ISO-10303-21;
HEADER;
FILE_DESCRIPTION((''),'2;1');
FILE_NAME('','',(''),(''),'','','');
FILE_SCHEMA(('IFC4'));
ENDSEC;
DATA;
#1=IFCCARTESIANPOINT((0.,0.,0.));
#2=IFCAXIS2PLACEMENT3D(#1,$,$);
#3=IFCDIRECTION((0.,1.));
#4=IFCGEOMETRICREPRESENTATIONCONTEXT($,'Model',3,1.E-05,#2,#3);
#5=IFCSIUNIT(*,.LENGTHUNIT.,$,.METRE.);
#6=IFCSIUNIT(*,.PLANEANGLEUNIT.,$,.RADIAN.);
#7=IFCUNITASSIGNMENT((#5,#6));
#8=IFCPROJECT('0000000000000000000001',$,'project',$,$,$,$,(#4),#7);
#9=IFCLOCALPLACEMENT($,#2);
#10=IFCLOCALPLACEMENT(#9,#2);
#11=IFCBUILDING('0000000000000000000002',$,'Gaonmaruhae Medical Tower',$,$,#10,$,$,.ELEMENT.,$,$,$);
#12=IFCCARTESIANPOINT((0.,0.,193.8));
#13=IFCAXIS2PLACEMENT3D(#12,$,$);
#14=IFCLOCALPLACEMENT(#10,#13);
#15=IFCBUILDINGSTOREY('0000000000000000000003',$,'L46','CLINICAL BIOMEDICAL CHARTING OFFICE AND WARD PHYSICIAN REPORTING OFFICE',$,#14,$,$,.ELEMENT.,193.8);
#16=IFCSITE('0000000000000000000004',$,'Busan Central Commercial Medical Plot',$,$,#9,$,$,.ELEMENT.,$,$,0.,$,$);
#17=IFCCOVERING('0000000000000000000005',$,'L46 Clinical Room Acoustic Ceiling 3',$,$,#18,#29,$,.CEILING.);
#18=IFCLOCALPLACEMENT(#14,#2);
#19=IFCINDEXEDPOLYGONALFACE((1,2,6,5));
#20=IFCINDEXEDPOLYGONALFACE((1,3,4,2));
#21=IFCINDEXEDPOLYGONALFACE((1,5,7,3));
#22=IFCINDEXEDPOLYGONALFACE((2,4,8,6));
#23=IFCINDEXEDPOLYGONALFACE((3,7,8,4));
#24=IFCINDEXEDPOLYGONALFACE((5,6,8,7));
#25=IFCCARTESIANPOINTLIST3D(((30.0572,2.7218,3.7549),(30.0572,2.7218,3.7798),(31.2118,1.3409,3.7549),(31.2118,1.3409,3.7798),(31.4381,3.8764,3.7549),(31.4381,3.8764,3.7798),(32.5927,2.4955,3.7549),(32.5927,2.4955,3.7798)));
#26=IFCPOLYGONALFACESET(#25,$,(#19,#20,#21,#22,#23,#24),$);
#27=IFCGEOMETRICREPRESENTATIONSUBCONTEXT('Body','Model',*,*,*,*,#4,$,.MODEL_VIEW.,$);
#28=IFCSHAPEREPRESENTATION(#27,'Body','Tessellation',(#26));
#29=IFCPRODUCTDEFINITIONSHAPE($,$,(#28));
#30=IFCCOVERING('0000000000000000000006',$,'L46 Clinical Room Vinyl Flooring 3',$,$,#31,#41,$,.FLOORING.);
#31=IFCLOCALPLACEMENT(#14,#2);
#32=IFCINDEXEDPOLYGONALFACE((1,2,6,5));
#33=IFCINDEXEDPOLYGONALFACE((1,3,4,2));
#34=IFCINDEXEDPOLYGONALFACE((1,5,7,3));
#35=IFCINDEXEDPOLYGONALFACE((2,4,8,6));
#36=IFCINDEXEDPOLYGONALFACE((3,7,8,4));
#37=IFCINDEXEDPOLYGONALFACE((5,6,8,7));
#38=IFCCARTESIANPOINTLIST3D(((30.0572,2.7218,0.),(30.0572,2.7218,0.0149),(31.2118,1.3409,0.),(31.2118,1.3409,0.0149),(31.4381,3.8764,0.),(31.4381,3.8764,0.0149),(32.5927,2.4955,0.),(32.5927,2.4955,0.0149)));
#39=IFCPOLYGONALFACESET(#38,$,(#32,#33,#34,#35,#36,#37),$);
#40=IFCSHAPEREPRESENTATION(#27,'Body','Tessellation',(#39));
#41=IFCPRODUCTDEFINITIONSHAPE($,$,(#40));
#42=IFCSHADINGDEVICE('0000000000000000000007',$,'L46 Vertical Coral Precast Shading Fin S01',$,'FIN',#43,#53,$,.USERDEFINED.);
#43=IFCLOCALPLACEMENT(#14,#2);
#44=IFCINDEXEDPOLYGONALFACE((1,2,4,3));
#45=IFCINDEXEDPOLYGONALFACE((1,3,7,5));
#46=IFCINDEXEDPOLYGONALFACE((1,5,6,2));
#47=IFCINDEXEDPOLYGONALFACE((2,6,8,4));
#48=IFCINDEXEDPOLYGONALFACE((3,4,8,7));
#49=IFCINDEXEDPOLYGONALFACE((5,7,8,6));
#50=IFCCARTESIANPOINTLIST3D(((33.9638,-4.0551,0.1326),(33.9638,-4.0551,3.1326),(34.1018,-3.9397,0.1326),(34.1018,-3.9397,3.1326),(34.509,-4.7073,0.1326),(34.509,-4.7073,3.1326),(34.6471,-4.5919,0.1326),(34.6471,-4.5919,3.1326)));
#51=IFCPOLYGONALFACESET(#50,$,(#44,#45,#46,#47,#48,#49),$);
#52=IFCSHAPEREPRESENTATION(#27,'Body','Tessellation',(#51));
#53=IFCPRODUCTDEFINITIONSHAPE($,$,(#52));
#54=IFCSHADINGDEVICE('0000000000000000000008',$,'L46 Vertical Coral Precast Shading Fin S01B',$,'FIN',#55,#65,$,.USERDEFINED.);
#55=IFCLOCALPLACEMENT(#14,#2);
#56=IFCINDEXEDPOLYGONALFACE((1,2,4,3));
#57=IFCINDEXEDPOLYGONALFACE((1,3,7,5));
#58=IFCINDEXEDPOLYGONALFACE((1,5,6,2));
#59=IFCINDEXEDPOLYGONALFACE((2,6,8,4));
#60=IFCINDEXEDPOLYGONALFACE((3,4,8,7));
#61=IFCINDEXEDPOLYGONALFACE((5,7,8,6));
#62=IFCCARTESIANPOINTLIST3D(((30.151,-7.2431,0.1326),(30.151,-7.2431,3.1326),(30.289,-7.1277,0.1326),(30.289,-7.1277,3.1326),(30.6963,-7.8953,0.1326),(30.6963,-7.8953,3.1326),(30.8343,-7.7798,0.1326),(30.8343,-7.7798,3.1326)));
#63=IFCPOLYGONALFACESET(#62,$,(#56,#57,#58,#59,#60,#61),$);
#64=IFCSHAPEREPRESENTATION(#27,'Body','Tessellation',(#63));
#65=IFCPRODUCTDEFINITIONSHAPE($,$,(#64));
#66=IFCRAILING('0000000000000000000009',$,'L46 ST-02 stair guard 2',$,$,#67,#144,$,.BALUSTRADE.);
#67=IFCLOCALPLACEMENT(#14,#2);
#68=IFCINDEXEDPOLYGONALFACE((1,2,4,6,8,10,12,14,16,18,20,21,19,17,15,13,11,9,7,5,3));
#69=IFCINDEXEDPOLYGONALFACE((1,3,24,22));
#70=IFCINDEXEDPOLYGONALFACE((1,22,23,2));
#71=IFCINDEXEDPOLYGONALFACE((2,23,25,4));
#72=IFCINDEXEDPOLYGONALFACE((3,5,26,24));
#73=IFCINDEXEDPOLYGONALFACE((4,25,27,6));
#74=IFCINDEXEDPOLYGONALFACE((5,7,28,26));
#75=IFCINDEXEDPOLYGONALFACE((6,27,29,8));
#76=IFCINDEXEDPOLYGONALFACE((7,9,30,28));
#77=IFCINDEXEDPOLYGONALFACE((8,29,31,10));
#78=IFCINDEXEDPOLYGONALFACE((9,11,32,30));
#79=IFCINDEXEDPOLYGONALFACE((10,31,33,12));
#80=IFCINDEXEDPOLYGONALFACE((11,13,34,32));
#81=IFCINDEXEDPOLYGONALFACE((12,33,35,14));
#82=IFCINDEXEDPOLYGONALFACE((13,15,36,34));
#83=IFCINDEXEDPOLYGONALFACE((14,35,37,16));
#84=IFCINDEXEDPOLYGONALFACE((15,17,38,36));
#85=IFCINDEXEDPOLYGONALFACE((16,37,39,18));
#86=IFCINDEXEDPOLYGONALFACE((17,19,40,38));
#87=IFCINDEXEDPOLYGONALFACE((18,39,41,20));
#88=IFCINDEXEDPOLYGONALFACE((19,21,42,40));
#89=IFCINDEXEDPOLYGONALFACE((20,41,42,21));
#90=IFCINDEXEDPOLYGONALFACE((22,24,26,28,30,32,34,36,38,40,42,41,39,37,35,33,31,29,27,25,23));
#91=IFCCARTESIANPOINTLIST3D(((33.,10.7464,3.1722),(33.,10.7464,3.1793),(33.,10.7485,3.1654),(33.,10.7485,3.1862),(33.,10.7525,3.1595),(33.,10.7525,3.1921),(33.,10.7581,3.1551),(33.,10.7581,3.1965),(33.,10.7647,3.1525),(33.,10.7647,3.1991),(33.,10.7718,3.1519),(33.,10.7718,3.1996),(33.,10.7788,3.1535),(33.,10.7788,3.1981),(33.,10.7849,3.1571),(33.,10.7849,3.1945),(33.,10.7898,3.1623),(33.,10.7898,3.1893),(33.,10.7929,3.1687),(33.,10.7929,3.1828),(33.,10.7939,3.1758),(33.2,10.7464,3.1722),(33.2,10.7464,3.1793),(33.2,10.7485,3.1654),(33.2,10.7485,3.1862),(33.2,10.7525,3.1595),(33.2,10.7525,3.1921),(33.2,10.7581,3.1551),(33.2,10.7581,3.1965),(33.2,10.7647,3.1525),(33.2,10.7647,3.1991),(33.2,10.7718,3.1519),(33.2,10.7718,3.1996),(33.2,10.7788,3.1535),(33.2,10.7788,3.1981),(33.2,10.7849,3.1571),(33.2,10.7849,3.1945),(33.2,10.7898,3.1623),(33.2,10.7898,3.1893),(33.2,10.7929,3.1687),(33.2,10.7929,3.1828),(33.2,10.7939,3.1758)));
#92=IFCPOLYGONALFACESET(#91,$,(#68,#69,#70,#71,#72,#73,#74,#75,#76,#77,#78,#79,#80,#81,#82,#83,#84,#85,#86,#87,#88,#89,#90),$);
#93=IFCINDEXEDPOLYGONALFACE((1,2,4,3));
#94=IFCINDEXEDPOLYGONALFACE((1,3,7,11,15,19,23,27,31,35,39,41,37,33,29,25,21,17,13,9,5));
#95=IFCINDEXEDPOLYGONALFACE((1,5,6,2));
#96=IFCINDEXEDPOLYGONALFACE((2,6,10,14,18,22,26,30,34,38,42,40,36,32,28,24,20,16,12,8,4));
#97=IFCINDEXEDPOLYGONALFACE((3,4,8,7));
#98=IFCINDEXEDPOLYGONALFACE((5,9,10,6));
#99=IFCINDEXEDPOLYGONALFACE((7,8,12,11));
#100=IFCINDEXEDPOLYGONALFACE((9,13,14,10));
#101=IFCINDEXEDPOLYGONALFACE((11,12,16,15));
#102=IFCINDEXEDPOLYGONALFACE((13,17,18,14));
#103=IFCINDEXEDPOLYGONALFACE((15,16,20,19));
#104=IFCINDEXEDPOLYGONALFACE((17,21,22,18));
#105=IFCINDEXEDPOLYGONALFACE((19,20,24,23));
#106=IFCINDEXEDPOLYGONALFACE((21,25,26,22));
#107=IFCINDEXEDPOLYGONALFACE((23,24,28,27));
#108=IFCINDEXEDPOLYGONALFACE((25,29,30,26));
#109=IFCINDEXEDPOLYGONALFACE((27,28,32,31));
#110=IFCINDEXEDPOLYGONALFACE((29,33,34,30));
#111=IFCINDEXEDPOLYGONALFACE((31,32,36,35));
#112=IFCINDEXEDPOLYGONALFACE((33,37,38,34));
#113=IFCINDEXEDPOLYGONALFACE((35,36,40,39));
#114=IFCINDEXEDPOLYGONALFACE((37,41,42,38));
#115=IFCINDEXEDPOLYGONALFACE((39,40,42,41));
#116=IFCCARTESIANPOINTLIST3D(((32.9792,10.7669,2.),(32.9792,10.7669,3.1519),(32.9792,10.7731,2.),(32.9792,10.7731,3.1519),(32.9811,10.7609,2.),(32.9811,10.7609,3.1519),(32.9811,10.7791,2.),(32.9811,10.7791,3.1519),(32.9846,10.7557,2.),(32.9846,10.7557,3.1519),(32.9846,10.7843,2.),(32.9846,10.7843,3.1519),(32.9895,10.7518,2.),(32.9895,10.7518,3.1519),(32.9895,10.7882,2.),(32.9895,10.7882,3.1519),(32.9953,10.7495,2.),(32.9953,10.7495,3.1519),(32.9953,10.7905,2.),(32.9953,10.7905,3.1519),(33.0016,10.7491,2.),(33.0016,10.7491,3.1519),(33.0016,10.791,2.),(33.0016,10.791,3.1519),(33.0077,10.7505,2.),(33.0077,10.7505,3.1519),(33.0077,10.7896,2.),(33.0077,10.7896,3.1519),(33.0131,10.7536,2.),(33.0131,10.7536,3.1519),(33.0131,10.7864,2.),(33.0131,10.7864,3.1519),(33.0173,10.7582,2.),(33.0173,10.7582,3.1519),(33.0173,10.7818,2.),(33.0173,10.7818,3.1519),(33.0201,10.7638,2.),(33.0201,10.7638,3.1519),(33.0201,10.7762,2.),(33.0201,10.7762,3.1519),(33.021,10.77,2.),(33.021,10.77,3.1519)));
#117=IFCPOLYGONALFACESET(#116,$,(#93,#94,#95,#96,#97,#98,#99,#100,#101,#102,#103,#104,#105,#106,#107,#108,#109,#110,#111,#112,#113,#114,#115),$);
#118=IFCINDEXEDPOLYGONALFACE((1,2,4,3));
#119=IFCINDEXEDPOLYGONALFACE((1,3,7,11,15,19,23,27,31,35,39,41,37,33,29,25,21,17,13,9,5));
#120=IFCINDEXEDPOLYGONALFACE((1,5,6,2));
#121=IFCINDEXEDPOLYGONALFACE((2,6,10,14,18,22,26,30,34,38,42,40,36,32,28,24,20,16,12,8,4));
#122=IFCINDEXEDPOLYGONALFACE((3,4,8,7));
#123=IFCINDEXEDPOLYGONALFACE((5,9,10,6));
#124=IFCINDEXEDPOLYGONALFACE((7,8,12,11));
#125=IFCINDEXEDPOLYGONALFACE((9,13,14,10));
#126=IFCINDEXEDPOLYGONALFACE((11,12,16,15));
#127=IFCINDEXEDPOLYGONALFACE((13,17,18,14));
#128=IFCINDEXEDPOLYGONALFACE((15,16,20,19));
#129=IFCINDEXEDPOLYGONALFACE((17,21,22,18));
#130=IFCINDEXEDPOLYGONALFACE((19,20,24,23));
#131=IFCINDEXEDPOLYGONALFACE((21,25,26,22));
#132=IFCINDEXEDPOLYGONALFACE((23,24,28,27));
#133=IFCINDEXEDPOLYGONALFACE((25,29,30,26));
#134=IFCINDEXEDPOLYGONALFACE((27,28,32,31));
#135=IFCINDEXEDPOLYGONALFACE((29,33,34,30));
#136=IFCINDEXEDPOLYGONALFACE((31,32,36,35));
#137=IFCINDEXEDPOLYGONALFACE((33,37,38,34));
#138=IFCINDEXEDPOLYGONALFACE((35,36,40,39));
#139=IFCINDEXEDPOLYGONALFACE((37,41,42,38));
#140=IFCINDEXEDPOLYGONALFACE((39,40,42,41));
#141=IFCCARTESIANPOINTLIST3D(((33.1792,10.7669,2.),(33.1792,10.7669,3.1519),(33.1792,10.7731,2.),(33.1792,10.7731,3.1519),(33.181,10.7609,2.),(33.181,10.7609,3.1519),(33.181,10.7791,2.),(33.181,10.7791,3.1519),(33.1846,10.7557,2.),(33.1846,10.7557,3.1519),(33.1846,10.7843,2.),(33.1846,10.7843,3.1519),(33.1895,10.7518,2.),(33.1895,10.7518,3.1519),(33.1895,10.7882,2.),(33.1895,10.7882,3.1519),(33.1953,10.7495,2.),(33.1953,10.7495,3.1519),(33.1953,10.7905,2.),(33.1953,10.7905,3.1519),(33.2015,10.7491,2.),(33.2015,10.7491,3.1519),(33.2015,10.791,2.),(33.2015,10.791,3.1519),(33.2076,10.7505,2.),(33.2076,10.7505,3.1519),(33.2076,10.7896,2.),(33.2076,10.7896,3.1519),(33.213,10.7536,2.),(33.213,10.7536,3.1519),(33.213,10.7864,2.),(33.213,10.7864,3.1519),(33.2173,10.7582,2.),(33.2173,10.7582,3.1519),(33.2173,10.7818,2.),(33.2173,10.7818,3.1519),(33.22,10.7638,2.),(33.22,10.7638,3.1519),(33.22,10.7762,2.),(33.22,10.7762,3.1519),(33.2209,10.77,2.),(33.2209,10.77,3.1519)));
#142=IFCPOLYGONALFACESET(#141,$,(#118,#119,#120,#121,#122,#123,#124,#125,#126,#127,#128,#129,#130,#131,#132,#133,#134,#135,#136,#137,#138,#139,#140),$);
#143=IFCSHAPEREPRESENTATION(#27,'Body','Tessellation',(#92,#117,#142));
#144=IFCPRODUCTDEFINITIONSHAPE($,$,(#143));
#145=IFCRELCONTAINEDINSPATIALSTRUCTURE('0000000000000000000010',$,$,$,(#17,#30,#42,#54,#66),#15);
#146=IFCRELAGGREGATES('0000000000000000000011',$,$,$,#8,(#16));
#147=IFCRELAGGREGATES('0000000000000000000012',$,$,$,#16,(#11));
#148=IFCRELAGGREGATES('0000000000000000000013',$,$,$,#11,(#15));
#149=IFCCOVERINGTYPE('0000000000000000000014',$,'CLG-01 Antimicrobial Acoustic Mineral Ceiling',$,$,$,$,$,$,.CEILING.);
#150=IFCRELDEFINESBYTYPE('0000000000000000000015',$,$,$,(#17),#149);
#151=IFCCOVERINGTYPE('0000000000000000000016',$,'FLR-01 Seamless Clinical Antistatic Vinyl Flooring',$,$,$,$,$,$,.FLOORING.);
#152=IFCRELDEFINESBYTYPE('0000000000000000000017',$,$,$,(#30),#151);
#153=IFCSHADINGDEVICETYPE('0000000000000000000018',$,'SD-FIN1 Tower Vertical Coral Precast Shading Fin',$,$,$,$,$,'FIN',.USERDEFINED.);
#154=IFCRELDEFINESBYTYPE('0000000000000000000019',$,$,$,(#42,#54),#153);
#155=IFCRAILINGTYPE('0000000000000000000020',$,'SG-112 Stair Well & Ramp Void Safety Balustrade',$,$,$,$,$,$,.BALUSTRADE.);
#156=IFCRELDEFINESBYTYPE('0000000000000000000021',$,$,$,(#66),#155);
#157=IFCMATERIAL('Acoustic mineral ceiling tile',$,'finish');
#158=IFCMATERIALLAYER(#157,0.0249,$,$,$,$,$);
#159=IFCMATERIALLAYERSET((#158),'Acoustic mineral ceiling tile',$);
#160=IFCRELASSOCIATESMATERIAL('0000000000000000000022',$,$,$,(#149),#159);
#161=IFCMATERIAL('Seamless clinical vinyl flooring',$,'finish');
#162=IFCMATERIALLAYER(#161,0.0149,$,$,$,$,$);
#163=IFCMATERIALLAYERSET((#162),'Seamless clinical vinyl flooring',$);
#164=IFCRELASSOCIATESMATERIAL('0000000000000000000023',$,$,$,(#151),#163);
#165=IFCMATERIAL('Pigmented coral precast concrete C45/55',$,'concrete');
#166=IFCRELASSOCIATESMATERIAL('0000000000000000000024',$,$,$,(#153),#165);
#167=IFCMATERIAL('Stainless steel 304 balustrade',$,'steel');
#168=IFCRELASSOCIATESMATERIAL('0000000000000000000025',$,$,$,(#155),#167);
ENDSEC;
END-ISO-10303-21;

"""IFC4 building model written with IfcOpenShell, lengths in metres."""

from ifc_helpers import new_model, si_unit, direction, frame, origin, origin_2d, place, context, subcontext, project, spatial, rectangle, circle, extrude, material, layer, layer_set, type_object, element, save


model = new_model("IFC4")

# Units and contexts
model_context = context("Model", 3, precision=1e-05, world=origin(), true_north=direction((0.0, 1.0)))
body_context = subcontext(model_context, "Body", "Model", "MODEL_VIEW")
ifc_project = project(units=[si_unit("LENGTHUNIT", "METRE"), si_unit("PLANEANGLEUNIT", "RADIAN")], contexts=[model_context])

# Site, building, storey
site_placement = place(None, origin())
site = spatial("IfcSite", under=ifc_project, at=site_placement, Name="Busan Central Commercial Medical Plot", CompositionType="ELEMENT", RefElevation=0.0)
building_placement = place(site_placement, origin())
building = spatial("IfcBuilding", under=site, at=building_placement, Name="Gaonmaruhae Medical Tower", CompositionType="ELEMENT")
storey_placement = place(building_placement, frame((0.0, 0.0, 193.8)))
storey = spatial("IfcBuildingStorey", under=building, at=storey_placement, Name="L46", Description="CLINICAL BIOMEDICAL CHARTING OFFICE AND WARD PHYSICIAN REPORTING OFFICE", CompositionType="ELEMENT", Elevation=193.8)

# Coverings
ifc_material_1 = material(Name="Acoustic mineral ceiling tile", Category="finish")
ifc_layer_1 = layer(ifc_material_1, 0.0249)
ifc_layer_set_1 = layer_set([ifc_layer_1], Name="Acoustic mineral ceiling tile")
covering_type_1 = type_object("IfcCoveringType", Name="CLG-01 Antimicrobial Acoustic Mineral Ceiling", PredefinedType="CEILING", material=ifc_layer_set_1)
covering_1_placement = place(storey_placement, frame((31.325, 2.6086, 3.7549), z_axis=(0.0, 0.0, 1.0), x_axis=(0.767165, 0.64145, 0.0)))
element("IfcCovering", 1, at=covering_1_placement, inside=storey, type_object=covering_type_1, Name="L46 Clinical Room Acoustic Ceiling 3", PredefinedType="CEILING", context=body_context, shape_type="SweptSolid", body=[
    extrude(rectangle(XDim=1.8, YDim=1.8, at=origin_2d()), origin(), (0.0, 0.0, 1.0), 0.0249),
])
ifc_material_2 = material(Name="Seamless clinical vinyl flooring", Category="finish")
ifc_layer_2 = layer(ifc_material_2, 0.0149)
ifc_layer_set_2 = layer_set([ifc_layer_2], Name="Seamless clinical vinyl flooring")
covering_type_2 = type_object("IfcCoveringType", Name="FLR-01 Seamless Clinical Antistatic Vinyl Flooring", PredefinedType="FLOORING", material=ifc_layer_set_2)
covering_2_placement = place(storey_placement, frame((31.325, 2.6086, 0.0), z_axis=(0.0, 0.0, 1.0), x_axis=(0.767165, 0.64145, 0.0)))
element("IfcCovering", 2, at=covering_2_placement, inside=storey, type_object=covering_type_2, Name="L46 Clinical Room Vinyl Flooring 3", PredefinedType="FLOORING", context=body_context, shape_type="SweptSolid", body=[
    extrude(rectangle(XDim=1.8, YDim=1.8, at=origin_2d()), origin(), (0.0, 0.0, 1.0), 0.0149),
])

# Shading devices
ifc_material_3 = material(Name="Pigmented coral precast concrete C45/55", Category="concrete")
shading_device_type = type_object("IfcShadingDeviceType", Name="SD-FIN1 Tower Vertical Coral Precast Shading Fin", ElementType="FIN", PredefinedType="USERDEFINED", material=ifc_material_3)
for number, where, z_axis, x_axis, name in (
    (3, (34.3054, -4.3235, 0.1326), (0.0, 0.0, 1.0), (-0.767165, -0.64145, 0.0), "L46 Vertical Coral Precast Shading Fin S01"),
    (4, (30.4927, -7.5115, 0.1326), (0.0, 0.0, 1.0), (-0.767165, -0.64145, 0.0), "L46 Vertical Coral Precast Shading Fin S01B"),
):
    element("IfcShadingDevice", number, at=place(storey_placement, frame(where, z_axis=z_axis, x_axis=x_axis)), inside=storey, type_object=shading_device_type, Name=name, ObjectType="FIN", PredefinedType="USERDEFINED", context=body_context, shape_type="SweptSolid", body=[
        extrude(rectangle(XDim=0.1799, YDim=0.8501, at=origin_2d()), origin(), (0.0, 0.0, 1.0), 3.0),
    ])

# Railing
ifc_material_4 = material(Name="Stainless steel 304 balustrade", Category="steel")
railing_type = type_object("IfcRailingType", Name="SG-112 Stair Well & Ramp Void Safety Balustrade", PredefinedType="BALUSTRADE", material=ifc_material_4)
railing_placement = place(storey_placement, frame((33.0, 10.77, 2.0)))
element("IfcRailing", 5, at=railing_placement, inside=storey, type_object=railing_type, Name="L46 ST-02 stair guard 2", PredefinedType="BALUSTRADE", context=body_context, shape_type="SweptSolid", body=[
    extrude(circle(Radius=0.0239, at=origin_2d()), frame((0.0, 0.0, 1.1758), z_axis=(1.0, 0.0, 0.0), x_axis=(0.0, 1.0, 0.0)), (0.0, 0.0, 1.0), 0.2),
    extrude(circle(Radius=0.021, at=origin_2d()), origin(), (0.0, 0.0, 1.0), 1.1519),
    extrude(circle(Radius=0.021, at=origin_2d()), frame((0.2, 0.0, 0.0)), (0.0, 0.0, 1.0), 1.1519),
])

save(model, "model.ifc")
